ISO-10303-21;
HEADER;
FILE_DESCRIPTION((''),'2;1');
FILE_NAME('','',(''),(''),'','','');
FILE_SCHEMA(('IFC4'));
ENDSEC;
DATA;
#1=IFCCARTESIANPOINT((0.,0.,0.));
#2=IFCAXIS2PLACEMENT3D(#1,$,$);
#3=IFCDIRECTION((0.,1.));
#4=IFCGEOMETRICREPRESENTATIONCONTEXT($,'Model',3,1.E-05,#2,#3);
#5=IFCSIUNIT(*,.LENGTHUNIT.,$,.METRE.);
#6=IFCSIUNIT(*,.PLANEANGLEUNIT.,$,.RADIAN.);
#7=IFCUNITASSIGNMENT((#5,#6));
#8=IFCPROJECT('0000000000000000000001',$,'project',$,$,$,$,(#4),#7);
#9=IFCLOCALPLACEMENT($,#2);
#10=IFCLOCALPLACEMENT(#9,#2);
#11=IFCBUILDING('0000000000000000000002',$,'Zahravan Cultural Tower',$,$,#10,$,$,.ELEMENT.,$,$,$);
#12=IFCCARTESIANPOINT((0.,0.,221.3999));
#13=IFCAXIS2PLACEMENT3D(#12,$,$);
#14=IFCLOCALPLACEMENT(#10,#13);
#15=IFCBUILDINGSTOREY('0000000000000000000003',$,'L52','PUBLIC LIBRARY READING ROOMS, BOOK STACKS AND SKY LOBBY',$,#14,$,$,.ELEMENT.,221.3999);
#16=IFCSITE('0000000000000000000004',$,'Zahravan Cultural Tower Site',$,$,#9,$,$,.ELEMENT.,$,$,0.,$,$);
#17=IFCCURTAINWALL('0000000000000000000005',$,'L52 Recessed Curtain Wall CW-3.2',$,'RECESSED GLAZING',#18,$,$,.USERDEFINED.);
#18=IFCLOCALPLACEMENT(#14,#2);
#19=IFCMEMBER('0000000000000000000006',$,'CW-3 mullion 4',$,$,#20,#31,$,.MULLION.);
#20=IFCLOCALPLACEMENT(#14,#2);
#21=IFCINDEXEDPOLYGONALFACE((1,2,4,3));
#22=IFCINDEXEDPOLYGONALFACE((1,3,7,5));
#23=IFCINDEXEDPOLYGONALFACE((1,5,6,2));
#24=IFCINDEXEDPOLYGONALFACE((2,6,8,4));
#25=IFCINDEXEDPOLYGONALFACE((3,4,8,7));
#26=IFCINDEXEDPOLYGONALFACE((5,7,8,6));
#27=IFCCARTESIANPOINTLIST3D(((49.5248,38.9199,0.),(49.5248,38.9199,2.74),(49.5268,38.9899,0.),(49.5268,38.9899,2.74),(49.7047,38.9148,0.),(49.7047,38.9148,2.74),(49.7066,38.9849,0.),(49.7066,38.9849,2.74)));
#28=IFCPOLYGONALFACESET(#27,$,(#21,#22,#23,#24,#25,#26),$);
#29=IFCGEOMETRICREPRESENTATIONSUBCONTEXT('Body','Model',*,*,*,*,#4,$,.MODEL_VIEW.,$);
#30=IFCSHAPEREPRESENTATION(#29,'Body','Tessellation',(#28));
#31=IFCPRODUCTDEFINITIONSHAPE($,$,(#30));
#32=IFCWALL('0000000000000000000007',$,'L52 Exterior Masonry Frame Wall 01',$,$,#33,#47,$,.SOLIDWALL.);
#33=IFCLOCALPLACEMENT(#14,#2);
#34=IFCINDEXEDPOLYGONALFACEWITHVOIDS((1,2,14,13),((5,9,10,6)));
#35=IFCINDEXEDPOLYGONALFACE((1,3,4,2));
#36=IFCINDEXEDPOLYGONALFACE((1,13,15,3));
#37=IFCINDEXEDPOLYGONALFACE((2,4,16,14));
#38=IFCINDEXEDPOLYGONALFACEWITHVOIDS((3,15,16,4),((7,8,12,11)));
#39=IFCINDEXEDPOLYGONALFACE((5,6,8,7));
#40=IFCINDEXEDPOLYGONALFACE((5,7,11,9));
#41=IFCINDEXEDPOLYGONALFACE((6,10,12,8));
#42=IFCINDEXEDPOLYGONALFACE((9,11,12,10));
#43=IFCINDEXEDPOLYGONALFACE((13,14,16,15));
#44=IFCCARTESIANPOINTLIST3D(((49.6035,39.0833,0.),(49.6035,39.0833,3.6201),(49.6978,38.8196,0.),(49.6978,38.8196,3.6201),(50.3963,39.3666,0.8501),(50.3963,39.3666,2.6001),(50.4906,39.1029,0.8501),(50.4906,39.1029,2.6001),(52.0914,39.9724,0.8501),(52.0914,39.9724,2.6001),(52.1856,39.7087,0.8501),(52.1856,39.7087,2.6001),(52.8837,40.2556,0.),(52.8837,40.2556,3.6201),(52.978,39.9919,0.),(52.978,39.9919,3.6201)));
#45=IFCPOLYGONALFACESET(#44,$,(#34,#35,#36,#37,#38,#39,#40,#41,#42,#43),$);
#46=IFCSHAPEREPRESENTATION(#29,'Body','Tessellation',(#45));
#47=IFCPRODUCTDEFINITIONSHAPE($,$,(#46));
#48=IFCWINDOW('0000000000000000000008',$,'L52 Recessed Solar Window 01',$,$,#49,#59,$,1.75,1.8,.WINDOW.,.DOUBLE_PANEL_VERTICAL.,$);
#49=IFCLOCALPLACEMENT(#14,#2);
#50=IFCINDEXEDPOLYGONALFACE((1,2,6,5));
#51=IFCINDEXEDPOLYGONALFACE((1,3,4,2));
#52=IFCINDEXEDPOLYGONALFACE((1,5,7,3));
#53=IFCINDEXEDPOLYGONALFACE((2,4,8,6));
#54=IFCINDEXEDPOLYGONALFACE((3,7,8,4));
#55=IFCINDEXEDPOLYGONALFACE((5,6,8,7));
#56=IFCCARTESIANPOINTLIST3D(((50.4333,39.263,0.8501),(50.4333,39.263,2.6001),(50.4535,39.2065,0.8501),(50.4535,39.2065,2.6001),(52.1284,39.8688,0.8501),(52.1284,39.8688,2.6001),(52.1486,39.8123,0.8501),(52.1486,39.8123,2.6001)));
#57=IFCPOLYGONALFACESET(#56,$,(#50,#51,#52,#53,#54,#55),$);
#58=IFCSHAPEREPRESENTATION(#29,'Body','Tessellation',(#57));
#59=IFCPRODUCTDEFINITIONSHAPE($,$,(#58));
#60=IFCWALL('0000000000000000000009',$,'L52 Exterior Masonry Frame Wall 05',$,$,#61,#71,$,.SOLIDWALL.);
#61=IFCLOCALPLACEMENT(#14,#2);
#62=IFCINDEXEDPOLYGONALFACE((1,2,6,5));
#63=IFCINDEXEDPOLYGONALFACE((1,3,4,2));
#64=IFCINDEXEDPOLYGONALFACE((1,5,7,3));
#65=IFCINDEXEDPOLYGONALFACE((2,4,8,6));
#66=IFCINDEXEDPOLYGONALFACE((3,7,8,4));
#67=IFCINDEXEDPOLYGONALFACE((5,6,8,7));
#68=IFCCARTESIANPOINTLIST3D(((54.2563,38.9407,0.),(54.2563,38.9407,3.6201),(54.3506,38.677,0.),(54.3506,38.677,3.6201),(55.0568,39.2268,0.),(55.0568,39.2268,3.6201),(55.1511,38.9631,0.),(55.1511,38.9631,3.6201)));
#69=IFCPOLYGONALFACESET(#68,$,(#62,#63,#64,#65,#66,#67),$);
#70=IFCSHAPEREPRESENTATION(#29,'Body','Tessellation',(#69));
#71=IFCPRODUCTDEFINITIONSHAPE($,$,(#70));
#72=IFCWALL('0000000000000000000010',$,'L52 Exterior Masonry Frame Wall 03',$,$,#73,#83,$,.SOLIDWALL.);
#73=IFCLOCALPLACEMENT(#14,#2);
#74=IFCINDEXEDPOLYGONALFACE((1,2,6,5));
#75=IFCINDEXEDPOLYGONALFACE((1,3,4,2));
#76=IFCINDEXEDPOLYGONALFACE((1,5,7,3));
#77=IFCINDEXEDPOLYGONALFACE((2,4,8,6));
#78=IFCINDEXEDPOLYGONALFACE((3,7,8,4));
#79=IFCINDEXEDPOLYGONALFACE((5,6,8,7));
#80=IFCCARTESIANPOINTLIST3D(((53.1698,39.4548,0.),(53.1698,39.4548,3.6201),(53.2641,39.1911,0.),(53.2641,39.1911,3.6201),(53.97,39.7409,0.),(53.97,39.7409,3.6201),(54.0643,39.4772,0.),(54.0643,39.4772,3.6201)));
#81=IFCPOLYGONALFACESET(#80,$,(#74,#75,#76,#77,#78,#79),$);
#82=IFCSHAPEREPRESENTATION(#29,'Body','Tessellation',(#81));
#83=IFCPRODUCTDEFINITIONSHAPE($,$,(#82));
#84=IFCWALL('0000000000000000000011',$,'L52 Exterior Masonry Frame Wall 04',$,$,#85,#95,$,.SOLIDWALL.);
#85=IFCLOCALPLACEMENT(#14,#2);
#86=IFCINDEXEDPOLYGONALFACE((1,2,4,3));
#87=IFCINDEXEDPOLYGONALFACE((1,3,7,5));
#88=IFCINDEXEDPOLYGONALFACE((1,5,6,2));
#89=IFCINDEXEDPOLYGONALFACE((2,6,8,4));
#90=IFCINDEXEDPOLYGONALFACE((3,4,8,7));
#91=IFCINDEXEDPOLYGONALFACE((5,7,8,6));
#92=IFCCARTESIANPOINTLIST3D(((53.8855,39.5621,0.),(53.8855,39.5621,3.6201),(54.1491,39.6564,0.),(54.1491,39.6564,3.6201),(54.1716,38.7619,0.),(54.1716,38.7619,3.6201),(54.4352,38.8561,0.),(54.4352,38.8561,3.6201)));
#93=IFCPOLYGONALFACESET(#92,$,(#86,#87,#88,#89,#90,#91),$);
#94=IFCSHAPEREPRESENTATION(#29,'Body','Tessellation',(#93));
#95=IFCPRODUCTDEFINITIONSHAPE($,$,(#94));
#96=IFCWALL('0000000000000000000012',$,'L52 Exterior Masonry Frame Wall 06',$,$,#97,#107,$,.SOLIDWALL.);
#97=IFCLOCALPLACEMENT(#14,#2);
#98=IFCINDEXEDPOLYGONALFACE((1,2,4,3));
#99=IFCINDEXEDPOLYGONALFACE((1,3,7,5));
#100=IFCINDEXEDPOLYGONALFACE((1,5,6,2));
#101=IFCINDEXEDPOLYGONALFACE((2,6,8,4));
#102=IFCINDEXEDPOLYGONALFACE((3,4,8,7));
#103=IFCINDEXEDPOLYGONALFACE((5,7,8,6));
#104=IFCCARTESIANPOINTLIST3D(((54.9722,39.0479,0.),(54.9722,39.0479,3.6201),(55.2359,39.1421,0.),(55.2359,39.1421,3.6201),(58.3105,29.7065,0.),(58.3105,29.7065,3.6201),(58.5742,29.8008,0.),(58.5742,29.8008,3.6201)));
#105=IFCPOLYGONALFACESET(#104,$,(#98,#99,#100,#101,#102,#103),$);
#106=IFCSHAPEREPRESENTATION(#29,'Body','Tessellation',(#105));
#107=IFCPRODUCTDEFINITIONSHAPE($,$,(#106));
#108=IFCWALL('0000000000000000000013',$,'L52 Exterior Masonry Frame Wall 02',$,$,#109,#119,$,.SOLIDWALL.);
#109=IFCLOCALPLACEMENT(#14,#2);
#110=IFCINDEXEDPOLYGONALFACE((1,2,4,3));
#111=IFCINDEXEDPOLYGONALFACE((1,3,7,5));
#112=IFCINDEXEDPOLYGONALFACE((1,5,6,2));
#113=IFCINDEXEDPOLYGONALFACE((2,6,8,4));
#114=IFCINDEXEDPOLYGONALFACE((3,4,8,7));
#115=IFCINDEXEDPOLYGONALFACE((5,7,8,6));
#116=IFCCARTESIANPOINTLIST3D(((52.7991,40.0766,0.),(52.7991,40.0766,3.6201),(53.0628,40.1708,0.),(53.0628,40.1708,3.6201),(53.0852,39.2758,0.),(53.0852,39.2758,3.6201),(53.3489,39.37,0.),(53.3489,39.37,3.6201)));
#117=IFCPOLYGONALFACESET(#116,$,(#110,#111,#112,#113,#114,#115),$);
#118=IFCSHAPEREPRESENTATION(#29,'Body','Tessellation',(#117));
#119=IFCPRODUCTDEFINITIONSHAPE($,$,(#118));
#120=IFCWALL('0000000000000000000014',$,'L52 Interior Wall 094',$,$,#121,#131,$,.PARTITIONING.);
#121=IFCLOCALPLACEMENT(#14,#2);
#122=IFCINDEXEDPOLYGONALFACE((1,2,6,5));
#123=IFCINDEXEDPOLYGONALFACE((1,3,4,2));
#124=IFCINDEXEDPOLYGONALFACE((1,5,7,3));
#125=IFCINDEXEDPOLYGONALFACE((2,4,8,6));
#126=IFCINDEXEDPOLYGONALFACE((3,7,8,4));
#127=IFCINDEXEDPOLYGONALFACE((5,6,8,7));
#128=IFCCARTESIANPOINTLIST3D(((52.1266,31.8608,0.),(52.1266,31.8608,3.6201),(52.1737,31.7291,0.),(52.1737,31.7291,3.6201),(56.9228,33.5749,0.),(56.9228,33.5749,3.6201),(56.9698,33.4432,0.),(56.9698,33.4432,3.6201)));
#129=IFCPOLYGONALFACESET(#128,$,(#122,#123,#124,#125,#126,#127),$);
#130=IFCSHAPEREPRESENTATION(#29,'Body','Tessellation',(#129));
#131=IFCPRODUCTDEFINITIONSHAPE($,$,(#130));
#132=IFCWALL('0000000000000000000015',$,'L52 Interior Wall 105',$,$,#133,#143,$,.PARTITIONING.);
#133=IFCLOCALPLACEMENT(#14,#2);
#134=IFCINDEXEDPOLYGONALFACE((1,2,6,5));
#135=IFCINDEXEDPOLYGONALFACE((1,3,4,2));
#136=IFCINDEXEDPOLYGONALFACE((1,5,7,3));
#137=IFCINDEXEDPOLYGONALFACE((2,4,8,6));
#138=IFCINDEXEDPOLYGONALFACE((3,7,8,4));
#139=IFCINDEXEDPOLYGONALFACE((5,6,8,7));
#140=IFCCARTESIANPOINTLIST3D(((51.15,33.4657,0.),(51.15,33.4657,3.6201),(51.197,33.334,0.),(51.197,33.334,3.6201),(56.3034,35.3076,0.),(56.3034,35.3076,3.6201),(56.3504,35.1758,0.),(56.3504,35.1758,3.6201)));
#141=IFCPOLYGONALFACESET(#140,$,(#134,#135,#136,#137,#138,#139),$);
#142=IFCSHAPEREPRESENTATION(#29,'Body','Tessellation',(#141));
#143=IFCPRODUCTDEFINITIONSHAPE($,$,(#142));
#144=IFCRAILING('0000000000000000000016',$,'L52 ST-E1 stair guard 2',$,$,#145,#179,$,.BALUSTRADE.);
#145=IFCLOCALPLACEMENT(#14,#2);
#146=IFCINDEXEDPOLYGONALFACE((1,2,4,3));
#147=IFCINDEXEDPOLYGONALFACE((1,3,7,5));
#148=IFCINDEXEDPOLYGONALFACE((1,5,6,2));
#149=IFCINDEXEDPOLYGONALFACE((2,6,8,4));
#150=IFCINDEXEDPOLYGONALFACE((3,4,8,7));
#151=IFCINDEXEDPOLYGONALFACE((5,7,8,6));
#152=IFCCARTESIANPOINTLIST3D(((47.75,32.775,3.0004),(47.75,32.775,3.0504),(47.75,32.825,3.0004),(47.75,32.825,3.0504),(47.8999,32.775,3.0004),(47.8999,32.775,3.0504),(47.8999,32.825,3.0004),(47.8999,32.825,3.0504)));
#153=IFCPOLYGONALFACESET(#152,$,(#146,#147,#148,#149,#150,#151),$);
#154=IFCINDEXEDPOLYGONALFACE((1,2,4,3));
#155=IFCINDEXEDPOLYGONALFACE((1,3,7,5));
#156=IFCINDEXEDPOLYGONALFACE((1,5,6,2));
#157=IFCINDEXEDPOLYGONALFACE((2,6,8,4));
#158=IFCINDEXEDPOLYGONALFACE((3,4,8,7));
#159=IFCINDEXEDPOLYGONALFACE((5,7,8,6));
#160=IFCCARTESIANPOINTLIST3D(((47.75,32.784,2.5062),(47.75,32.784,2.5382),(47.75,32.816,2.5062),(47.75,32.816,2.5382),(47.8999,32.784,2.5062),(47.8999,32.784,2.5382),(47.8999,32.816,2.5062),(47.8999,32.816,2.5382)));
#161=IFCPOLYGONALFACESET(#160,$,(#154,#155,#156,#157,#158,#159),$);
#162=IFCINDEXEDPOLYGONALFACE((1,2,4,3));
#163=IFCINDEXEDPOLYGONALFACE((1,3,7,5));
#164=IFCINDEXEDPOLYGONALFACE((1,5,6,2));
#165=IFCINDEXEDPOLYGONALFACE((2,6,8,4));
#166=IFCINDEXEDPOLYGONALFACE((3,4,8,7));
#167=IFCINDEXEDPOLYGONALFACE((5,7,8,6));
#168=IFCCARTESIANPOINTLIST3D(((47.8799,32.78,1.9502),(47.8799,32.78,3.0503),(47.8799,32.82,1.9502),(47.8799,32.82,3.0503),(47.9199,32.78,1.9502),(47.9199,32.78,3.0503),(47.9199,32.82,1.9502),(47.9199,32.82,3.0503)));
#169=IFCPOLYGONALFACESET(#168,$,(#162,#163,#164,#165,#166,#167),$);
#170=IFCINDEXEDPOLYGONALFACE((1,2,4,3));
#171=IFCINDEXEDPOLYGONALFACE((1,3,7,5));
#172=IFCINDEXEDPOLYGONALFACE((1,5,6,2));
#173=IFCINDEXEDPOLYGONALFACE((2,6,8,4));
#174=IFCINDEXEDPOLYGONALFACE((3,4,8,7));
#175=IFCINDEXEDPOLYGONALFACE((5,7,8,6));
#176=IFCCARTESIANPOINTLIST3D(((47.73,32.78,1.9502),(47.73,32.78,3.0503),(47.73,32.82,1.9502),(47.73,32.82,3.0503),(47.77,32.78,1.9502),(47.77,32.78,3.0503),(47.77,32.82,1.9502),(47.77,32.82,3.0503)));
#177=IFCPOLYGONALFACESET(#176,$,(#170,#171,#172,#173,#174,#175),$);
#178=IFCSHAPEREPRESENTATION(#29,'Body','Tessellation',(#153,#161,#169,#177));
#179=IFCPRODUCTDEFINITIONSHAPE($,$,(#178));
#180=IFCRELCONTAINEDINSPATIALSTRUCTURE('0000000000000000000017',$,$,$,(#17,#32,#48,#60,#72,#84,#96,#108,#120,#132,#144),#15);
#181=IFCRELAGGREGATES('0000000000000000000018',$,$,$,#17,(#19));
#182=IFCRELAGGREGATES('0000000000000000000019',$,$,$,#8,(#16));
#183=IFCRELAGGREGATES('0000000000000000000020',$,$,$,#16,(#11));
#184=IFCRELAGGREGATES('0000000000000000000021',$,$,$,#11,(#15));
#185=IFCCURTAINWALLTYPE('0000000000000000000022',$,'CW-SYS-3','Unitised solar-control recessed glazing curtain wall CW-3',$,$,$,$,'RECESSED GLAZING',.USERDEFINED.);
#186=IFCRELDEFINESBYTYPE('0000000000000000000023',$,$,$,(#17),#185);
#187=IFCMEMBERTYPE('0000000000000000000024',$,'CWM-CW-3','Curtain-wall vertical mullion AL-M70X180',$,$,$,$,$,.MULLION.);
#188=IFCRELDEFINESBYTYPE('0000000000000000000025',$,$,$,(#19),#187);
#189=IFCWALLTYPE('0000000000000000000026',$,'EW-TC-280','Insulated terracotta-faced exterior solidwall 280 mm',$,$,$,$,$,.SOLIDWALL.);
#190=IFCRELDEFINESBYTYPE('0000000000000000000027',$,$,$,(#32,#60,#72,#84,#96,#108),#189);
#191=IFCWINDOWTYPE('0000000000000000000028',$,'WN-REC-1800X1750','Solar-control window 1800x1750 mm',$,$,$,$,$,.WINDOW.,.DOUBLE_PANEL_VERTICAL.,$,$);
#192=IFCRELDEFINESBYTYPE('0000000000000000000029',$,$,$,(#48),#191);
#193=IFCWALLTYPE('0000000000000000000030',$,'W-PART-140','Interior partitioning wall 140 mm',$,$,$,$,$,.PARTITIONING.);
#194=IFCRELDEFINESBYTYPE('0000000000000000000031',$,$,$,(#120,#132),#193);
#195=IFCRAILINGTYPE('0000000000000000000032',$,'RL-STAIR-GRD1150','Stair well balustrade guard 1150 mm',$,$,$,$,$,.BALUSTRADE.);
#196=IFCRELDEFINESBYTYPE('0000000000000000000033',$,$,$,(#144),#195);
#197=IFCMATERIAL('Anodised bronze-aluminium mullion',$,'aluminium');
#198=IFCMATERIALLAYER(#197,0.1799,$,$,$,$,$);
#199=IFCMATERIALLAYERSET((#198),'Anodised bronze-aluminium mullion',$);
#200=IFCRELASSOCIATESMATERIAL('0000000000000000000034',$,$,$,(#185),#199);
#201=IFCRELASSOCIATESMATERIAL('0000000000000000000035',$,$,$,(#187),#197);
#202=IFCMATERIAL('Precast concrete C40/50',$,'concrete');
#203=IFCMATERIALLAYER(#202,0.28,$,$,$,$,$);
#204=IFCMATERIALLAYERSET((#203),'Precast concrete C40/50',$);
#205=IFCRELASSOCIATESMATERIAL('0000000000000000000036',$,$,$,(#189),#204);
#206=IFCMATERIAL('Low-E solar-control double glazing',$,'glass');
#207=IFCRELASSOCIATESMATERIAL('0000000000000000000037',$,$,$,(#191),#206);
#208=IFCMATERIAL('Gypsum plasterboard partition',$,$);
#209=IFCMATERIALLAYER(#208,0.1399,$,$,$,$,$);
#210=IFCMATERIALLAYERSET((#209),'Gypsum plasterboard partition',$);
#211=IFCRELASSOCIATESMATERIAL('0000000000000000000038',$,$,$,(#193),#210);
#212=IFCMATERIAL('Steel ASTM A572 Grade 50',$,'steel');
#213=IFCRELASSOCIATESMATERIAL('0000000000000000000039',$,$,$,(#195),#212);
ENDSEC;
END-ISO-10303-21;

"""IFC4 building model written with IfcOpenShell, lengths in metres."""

from ifc_helpers import new_model, si_unit, direction, frame, frame_2d, origin, origin_2d, place, context, subcontext, project, spatial, rectangle, extrude, source, transform, mapped, material, layer, layer_set, material_profile, profile_set, type_object, element, fill, aggregate, save


model = new_model("IFC4")

# Units and contexts
model_context = context("Model", 3, precision=1e-05, world=origin(), true_north=direction((0.0, 1.0)))
body_context = subcontext(model_context, "Body", "Model", "MODEL_VIEW")
ifc_project = project(units=[si_unit("LENGTHUNIT", "METRE"), si_unit("PLANEANGLEUNIT", "RADIAN")], contexts=[model_context])

# Site, building, storey
site_placement = place(None, origin())
site = spatial("IfcSite", under=ifc_project, at=site_placement, Name="Zahravan Cultural Tower Site", CompositionType="ELEMENT", RefElevation=0.0)
building_placement = place(site_placement, origin())
building = spatial("IfcBuilding", under=site, at=building_placement, Name="Zahravan Cultural Tower", CompositionType="ELEMENT")
storey_placement = place(building_placement, frame((0.0, 0.0, 221.3999)))
storey = spatial("IfcBuildingStorey", under=building, at=storey_placement, Name="L52", Description="PUBLIC LIBRARY READING ROOMS, BOOK STACKS AND SKY LOBBY", CompositionType="ELEMENT", Elevation=221.3999)

# Curtain wall, member
ifc_material_1 = material(Name="Anodised bronze-aluminium mullion", Category="aluminium")
ifc_layer_1 = layer(ifc_material_1, 0.1799)
ifc_layer_set_1 = layer_set([ifc_layer_1], Name="Anodised bronze-aluminium mullion")
curtain_wall_type = type_object("IfcCurtainWallType", Name="CW-SYS-3", Description="Unitised solar-control recessed glazing curtain wall CW-3", ElementType="RECESSED GLAZING", PredefinedType="USERDEFINED", material=ifc_layer_set_1)
curtain_wall_placement = place(storey_placement, origin())
curtain_wall = element("IfcCurtainWall", 1, at=curtain_wall_placement, inside=storey, type_object=curtain_wall_type, Name="L52 Recessed Curtain Wall CW-3.2", ObjectType="RECESSED GLAZING", PredefinedType="USERDEFINED")
ifc_material_profile_1 = material_profile(ifc_material_1, rectangle(XDim=0.0701, YDim=0.1799, at=origin_2d()), Name="AL-M70X180")
ifc_profile_set_1 = profile_set([ifc_material_profile_1], Name="Anodised bronze-aluminium mullion")
member_type = type_object("IfcMemberType", Name="CWM-CW-3", Description="Curtain-wall vertical mullion AL-M70X180", PredefinedType="MULLION", material=ifc_profile_set_1)
shared_shape_1 = source(origin(), body_context, "Body", "SweptSolid", [
    extrude(rectangle(XDim=0.0701, YDim=0.1799, at=origin_2d()), origin(), (0.0, 0.0, 1.0), 2.74),
])
member_placement = place(storey_placement, frame((49.6157, 38.9524, 0.0), z_axis=(0.0, 0.0, 1.0), x_axis=(0.028155, 0.999604, 0.0)))
member = element("IfcMember", 2, at=member_placement, type_object=member_type, Name="CW-3 mullion 4", PredefinedType="MULLION", context=body_context, shape_type="MappedRepresentation", body=[
    mapped(shared_shape_1, transform((0.0, 0.0, 0.0), x_axis=(1.0, 0.0, 0.0), y_axis=(0.0, 1.0, 0.0), z_axis=(0.0, 0.0, 1.0), scale=1.0)),
])
aggregate(curtain_wall, [member])

# Wall, opening, window
ifc_material_2 = material(Name="Precast concrete C40/50", Category="concrete")
ifc_layer_2 = layer(ifc_material_2, 0.28)
ifc_layer_set_2 = layer_set([ifc_layer_2], Name="Precast concrete C40/50")
wall_type_1 = type_object("IfcWallType", Name="EW-TC-280", Description="Insulated terracotta-faced exterior solidwall 280 mm", PredefinedType="SOLIDWALL", material=ifc_layer_set_2)
wall_1_placement = place(storey_placement, frame((49.6506, 38.9514, 0.0), z_axis=(0.0, 0.0, 1.0), x_axis=(0.941666, 0.336549, 0.0)))
wall_1 = element("IfcWall", 3, at=wall_1_placement, inside=storey, type_object=wall_type_1, Name="L52 Exterior Masonry Frame Wall 01", PredefinedType="SOLIDWALL", context=body_context, shape_type="SweptSolid", body=[
    extrude(rectangle(XDim=3.4834, YDim=0.28, at=frame_2d((1.7417, 0.0))), origin(), (0.0, 0.0, 1.0), 3.6201),
])
opening_placement = place(wall_1_placement, frame((0.842, 0.0, 0.8501)))
opening = element("IfcOpeningElement", 4, at=opening_placement, cuts=wall_1, PredefinedType="OPENING", context=body_context, shape_type="SweptSolid", body=[
    extrude(rectangle(XDim=1.8, YDim=1.75, at=frame_2d((0.8999, 0.875))), frame((0.0, 0.1499, 0.0), z_axis=(0.0, -1.0, 0.0), x_axis=(1.0, 0.0, 0.0)), (0.0, 0.0, 1.0), 0.3),
])
ifc_material_3 = material(Name="Low-E solar-control double glazing", Category="glass")
window_type = type_object("IfcWindowType", Name="WN-REC-1800X1750", Description="Solar-control window 1800x1750 mm", PartitioningType="DOUBLE_PANEL_VERTICAL", PredefinedType="WINDOW", material=ifc_material_3)
shared_shape_2 = source(origin(), body_context, "Body", "SweptSolid", [
    extrude(rectangle(XDim=1.8, YDim=1.75, at=frame_2d((0.8999, 0.875))), frame((0.0, 0.03, 0.0), z_axis=(0.0, -1.0, 0.0), x_axis=(1.0, 0.0, 0.0)), (0.0, 0.0, 1.0), 0.0601),
])
window_placement = place(opening_placement, origin())
window = element("IfcWindow", 5, at=window_placement, inside=storey, type_object=window_type, Name="L52 Recessed Solar Window 01", OverallHeight=1.75, OverallWidth=1.8, PartitioningType="DOUBLE_PANEL_VERTICAL", PredefinedType="WINDOW", context=body_context, shape_type="MappedRepresentation", body=[
    mapped(shared_shape_2, transform((0.0, 0.0, 0.0), x_axis=(1.0, 0.0, 0.0), y_axis=(0.0, 1.0, 0.0), z_axis=(0.0, 0.0, 1.0), scale=1.0)),
])
fill(opening, window)

# Walls
shared_shape_3 = source(origin(), body_context, "Body", "SweptSolid", [
    extrude(rectangle(XDim=0.8501, YDim=0.28, at=frame_2d((0.425, 0.0))), origin(), (0.0, 0.0, 1.0), 3.6201),
])
wall_2_placement = place(storey_placement, frame((54.3035, 38.8088, 0.0), z_axis=(0.0, 0.0, 1.0), x_axis=(0.941657, 0.336573, 0.0)))
element("IfcWall", 6, at=wall_2_placement, inside=storey, type_object=wall_type_1, Name="L52 Exterior Masonry Frame Wall 05", PredefinedType="SOLIDWALL", context=body_context, shape_type="MappedRepresentation", body=[
    mapped(shared_shape_3, transform((0.0, 0.0, 0.0), x_axis=(1.0, 0.0, 0.0), y_axis=(0.0, 1.0, 0.0), z_axis=(0.0, 0.0, 1.0), scale=1.0)),
])
shared_shape_4 = source(origin(), body_context, "Body", "SweptSolid", [
    extrude(rectangle(XDim=0.8499, YDim=0.28, at=frame_2d((0.4248, 0.0))), origin(), (0.0, 0.0, 1.0), 3.6201),
])
for number, where, z_axis, x_axis, name in (
    (7, (53.217, 39.323, 0.0), (0.0, 0.0, 1.0), (0.941625, 0.336664, 0.0), "L52 Exterior Masonry Frame Wall 03"),
    (8, (54.0173, 39.6091, 0.0), (0.0, 0.0, 1.0), (0.336664, -0.941625, 0.0), "L52 Exterior Masonry Frame Wall 04"),
):
    element("IfcWall", number, at=place(storey_placement, frame(where, z_axis=z_axis, x_axis=x_axis)), inside=storey, type_object=wall_type_1, Name=name, PredefinedType="SOLIDWALL", context=body_context, shape_type="MappedRepresentation", body=[
        mapped(shared_shape_4, transform((0.0, 0.0, 0.0), x_axis=(1.0, 0.0, 0.0), y_axis=(0.0, 1.0, 0.0), z_axis=(0.0, 0.0, 1.0), scale=1.0)),
    ])
shared_shape_5 = source(origin(), body_context, "Body", "SweptSolid", [
    extrude(rectangle(XDim=9.9199, YDim=0.28, at=frame_2d((4.96, 0.0))), origin(), (0.0, 0.0, 1.0), 3.6201),
])
wall_3_placement = place(storey_placement, frame((55.104, 39.095, 0.0), z_axis=(0.0, 0.0, 1.0), x_axis=(0.336533, -0.941672, 0.0)))
element("IfcWall", 9, at=wall_3_placement, inside=storey, type_object=wall_type_1, Name="L52 Exterior Masonry Frame Wall 06", PredefinedType="SOLIDWALL", context=body_context, shape_type="MappedRepresentation", body=[
    mapped(shared_shape_5, transform((0.0, 0.0, 0.0), x_axis=(1.0, 0.0, 0.0), y_axis=(0.0, 1.0, 0.0), z_axis=(0.0, 0.0, 1.0), scale=1.0)),
])
shared_shape_6 = source(origin(), body_context, "Body", "SweptSolid", [
    extrude(rectangle(XDim=0.8503, YDim=0.28, at=frame_2d((0.4253, 0.0))), origin(), (0.0, 0.0, 1.0), 3.6201),
])
wall_4_placement = place(storey_placement, frame((52.9309, 40.1238, 0.0), z_axis=(0.0, 0.0, 1.0), x_axis=(0.336482, -0.94169, 0.0)))
element("IfcWall", 10, at=wall_4_placement, inside=storey, type_object=wall_type_1, Name="L52 Exterior Masonry Frame Wall 02", PredefinedType="SOLIDWALL", context=body_context, shape_type="MappedRepresentation", body=[
    mapped(shared_shape_6, transform((0.0, 0.0, 0.0), x_axis=(1.0, 0.0, 0.0), y_axis=(0.0, 1.0, 0.0), z_axis=(0.0, 0.0, 1.0), scale=1.0)),
])
ifc_material_4 = material(Name="Gypsum plasterboard partition")
ifc_layer_3 = layer(ifc_material_4, 0.1399)
ifc_layer_set_3 = layer_set([ifc_layer_3], Name="Gypsum plasterboard partition")
wall_type_2 = type_object("IfcWallType", Name="W-PART-140", Description="Interior partitioning wall 140 mm", PredefinedType="PARTITIONING", material=ifc_layer_set_3)
shared_shape_7 = source(origin(), body_context, "Body", "SweptSolid", [
    extrude(rectangle(XDim=5.0933, YDim=0.1399, at=frame_2d((2.5466, 0.0))), origin(), (0.0, 0.0, 1.0), 3.6201),
])
wall_5_placement = place(storey_placement, frame((52.1501, 31.7949, 0.0), z_axis=(0.0, 0.0, 1.0), x_axis=(0.941667, 0.336546, 0.0)))
element("IfcWall", 11, at=wall_5_placement, inside=storey, type_object=wall_type_2, Name="L52 Interior Wall 094", PredefinedType="PARTITIONING", context=body_context, shape_type="MappedRepresentation", body=[
    mapped(shared_shape_7, transform((0.0, 0.0, 0.0), x_axis=(1.0, 0.0, 0.0), y_axis=(0.0, 1.0, 0.0), z_axis=(0.0, 0.0, 1.0), scale=1.0)),
])
shared_shape_8 = source(origin(), body_context, "Body", "SweptSolid", [
    extrude(rectangle(XDim=5.4727, YDim=0.1399, at=frame_2d((2.7363, 0.0))), origin(), (0.0, 0.0, 1.0), 3.6201),
])
wall_6_placement = place(storey_placement, frame((56.3269, 35.2417, 0.0), z_axis=(0.0, 0.0, 1.0), x_axis=(-0.941665, -0.336551, 0.0)))
element("IfcWall", 12, at=wall_6_placement, inside=storey, type_object=wall_type_2, Name="L52 Interior Wall 105", PredefinedType="PARTITIONING", context=body_context, shape_type="MappedRepresentation", body=[
    mapped(shared_shape_8, transform((0.0, 0.0, 0.0), x_axis=(1.0, 0.0, 0.0), y_axis=(0.0, 1.0, 0.0), z_axis=(0.0, 0.0, 1.0), scale=1.0)),
])

# Railing
ifc_material_5 = material(Name="Steel ASTM A572 Grade 50", Category="steel")
railing_type = type_object("IfcRailingType", Name="RL-STAIR-GRD1150", Description="Stair well balustrade guard 1150 mm", PredefinedType="BALUSTRADE", material=ifc_material_5)
railing_placement = place(storey_placement, frame((47.8999, 32.8, 1.9502)))
element("IfcRailing", 13, at=railing_placement, inside=storey, type_object=railing_type, Name="L52 ST-E1 stair guard 2", PredefinedType="BALUSTRADE", context=body_context, shape_type="SweptSolid", body=[
    extrude(rectangle(XDim=0.05, YDim=0.05, at=origin_2d()), frame((0.0, 0.0, 1.0752), z_axis=(-1.0, 0.0, 0.0), x_axis=(0.0, -1.0, 0.0)), (0.0, 0.0, 1.0), 0.1499),
    extrude(rectangle(XDim=0.032, YDim=0.032, at=origin_2d()), frame((0.0, 0.0, 0.572), z_axis=(-1.0, 0.0, 0.0), x_axis=(0.0, -1.0, 0.0)), (0.0, 0.0, 1.0), 0.1499),
    extrude(rectangle(XDim=0.04, YDim=0.04, at=origin_2d()), origin(), (0.0, 0.0, 1.0), 1.1001),
    extrude(rectangle(XDim=0.04, YDim=0.04, at=origin_2d()), frame((-0.1499, 0.0, 0.0)), (0.0, 0.0, 1.0), 1.1001),
])

save(model, "model.ifc")
